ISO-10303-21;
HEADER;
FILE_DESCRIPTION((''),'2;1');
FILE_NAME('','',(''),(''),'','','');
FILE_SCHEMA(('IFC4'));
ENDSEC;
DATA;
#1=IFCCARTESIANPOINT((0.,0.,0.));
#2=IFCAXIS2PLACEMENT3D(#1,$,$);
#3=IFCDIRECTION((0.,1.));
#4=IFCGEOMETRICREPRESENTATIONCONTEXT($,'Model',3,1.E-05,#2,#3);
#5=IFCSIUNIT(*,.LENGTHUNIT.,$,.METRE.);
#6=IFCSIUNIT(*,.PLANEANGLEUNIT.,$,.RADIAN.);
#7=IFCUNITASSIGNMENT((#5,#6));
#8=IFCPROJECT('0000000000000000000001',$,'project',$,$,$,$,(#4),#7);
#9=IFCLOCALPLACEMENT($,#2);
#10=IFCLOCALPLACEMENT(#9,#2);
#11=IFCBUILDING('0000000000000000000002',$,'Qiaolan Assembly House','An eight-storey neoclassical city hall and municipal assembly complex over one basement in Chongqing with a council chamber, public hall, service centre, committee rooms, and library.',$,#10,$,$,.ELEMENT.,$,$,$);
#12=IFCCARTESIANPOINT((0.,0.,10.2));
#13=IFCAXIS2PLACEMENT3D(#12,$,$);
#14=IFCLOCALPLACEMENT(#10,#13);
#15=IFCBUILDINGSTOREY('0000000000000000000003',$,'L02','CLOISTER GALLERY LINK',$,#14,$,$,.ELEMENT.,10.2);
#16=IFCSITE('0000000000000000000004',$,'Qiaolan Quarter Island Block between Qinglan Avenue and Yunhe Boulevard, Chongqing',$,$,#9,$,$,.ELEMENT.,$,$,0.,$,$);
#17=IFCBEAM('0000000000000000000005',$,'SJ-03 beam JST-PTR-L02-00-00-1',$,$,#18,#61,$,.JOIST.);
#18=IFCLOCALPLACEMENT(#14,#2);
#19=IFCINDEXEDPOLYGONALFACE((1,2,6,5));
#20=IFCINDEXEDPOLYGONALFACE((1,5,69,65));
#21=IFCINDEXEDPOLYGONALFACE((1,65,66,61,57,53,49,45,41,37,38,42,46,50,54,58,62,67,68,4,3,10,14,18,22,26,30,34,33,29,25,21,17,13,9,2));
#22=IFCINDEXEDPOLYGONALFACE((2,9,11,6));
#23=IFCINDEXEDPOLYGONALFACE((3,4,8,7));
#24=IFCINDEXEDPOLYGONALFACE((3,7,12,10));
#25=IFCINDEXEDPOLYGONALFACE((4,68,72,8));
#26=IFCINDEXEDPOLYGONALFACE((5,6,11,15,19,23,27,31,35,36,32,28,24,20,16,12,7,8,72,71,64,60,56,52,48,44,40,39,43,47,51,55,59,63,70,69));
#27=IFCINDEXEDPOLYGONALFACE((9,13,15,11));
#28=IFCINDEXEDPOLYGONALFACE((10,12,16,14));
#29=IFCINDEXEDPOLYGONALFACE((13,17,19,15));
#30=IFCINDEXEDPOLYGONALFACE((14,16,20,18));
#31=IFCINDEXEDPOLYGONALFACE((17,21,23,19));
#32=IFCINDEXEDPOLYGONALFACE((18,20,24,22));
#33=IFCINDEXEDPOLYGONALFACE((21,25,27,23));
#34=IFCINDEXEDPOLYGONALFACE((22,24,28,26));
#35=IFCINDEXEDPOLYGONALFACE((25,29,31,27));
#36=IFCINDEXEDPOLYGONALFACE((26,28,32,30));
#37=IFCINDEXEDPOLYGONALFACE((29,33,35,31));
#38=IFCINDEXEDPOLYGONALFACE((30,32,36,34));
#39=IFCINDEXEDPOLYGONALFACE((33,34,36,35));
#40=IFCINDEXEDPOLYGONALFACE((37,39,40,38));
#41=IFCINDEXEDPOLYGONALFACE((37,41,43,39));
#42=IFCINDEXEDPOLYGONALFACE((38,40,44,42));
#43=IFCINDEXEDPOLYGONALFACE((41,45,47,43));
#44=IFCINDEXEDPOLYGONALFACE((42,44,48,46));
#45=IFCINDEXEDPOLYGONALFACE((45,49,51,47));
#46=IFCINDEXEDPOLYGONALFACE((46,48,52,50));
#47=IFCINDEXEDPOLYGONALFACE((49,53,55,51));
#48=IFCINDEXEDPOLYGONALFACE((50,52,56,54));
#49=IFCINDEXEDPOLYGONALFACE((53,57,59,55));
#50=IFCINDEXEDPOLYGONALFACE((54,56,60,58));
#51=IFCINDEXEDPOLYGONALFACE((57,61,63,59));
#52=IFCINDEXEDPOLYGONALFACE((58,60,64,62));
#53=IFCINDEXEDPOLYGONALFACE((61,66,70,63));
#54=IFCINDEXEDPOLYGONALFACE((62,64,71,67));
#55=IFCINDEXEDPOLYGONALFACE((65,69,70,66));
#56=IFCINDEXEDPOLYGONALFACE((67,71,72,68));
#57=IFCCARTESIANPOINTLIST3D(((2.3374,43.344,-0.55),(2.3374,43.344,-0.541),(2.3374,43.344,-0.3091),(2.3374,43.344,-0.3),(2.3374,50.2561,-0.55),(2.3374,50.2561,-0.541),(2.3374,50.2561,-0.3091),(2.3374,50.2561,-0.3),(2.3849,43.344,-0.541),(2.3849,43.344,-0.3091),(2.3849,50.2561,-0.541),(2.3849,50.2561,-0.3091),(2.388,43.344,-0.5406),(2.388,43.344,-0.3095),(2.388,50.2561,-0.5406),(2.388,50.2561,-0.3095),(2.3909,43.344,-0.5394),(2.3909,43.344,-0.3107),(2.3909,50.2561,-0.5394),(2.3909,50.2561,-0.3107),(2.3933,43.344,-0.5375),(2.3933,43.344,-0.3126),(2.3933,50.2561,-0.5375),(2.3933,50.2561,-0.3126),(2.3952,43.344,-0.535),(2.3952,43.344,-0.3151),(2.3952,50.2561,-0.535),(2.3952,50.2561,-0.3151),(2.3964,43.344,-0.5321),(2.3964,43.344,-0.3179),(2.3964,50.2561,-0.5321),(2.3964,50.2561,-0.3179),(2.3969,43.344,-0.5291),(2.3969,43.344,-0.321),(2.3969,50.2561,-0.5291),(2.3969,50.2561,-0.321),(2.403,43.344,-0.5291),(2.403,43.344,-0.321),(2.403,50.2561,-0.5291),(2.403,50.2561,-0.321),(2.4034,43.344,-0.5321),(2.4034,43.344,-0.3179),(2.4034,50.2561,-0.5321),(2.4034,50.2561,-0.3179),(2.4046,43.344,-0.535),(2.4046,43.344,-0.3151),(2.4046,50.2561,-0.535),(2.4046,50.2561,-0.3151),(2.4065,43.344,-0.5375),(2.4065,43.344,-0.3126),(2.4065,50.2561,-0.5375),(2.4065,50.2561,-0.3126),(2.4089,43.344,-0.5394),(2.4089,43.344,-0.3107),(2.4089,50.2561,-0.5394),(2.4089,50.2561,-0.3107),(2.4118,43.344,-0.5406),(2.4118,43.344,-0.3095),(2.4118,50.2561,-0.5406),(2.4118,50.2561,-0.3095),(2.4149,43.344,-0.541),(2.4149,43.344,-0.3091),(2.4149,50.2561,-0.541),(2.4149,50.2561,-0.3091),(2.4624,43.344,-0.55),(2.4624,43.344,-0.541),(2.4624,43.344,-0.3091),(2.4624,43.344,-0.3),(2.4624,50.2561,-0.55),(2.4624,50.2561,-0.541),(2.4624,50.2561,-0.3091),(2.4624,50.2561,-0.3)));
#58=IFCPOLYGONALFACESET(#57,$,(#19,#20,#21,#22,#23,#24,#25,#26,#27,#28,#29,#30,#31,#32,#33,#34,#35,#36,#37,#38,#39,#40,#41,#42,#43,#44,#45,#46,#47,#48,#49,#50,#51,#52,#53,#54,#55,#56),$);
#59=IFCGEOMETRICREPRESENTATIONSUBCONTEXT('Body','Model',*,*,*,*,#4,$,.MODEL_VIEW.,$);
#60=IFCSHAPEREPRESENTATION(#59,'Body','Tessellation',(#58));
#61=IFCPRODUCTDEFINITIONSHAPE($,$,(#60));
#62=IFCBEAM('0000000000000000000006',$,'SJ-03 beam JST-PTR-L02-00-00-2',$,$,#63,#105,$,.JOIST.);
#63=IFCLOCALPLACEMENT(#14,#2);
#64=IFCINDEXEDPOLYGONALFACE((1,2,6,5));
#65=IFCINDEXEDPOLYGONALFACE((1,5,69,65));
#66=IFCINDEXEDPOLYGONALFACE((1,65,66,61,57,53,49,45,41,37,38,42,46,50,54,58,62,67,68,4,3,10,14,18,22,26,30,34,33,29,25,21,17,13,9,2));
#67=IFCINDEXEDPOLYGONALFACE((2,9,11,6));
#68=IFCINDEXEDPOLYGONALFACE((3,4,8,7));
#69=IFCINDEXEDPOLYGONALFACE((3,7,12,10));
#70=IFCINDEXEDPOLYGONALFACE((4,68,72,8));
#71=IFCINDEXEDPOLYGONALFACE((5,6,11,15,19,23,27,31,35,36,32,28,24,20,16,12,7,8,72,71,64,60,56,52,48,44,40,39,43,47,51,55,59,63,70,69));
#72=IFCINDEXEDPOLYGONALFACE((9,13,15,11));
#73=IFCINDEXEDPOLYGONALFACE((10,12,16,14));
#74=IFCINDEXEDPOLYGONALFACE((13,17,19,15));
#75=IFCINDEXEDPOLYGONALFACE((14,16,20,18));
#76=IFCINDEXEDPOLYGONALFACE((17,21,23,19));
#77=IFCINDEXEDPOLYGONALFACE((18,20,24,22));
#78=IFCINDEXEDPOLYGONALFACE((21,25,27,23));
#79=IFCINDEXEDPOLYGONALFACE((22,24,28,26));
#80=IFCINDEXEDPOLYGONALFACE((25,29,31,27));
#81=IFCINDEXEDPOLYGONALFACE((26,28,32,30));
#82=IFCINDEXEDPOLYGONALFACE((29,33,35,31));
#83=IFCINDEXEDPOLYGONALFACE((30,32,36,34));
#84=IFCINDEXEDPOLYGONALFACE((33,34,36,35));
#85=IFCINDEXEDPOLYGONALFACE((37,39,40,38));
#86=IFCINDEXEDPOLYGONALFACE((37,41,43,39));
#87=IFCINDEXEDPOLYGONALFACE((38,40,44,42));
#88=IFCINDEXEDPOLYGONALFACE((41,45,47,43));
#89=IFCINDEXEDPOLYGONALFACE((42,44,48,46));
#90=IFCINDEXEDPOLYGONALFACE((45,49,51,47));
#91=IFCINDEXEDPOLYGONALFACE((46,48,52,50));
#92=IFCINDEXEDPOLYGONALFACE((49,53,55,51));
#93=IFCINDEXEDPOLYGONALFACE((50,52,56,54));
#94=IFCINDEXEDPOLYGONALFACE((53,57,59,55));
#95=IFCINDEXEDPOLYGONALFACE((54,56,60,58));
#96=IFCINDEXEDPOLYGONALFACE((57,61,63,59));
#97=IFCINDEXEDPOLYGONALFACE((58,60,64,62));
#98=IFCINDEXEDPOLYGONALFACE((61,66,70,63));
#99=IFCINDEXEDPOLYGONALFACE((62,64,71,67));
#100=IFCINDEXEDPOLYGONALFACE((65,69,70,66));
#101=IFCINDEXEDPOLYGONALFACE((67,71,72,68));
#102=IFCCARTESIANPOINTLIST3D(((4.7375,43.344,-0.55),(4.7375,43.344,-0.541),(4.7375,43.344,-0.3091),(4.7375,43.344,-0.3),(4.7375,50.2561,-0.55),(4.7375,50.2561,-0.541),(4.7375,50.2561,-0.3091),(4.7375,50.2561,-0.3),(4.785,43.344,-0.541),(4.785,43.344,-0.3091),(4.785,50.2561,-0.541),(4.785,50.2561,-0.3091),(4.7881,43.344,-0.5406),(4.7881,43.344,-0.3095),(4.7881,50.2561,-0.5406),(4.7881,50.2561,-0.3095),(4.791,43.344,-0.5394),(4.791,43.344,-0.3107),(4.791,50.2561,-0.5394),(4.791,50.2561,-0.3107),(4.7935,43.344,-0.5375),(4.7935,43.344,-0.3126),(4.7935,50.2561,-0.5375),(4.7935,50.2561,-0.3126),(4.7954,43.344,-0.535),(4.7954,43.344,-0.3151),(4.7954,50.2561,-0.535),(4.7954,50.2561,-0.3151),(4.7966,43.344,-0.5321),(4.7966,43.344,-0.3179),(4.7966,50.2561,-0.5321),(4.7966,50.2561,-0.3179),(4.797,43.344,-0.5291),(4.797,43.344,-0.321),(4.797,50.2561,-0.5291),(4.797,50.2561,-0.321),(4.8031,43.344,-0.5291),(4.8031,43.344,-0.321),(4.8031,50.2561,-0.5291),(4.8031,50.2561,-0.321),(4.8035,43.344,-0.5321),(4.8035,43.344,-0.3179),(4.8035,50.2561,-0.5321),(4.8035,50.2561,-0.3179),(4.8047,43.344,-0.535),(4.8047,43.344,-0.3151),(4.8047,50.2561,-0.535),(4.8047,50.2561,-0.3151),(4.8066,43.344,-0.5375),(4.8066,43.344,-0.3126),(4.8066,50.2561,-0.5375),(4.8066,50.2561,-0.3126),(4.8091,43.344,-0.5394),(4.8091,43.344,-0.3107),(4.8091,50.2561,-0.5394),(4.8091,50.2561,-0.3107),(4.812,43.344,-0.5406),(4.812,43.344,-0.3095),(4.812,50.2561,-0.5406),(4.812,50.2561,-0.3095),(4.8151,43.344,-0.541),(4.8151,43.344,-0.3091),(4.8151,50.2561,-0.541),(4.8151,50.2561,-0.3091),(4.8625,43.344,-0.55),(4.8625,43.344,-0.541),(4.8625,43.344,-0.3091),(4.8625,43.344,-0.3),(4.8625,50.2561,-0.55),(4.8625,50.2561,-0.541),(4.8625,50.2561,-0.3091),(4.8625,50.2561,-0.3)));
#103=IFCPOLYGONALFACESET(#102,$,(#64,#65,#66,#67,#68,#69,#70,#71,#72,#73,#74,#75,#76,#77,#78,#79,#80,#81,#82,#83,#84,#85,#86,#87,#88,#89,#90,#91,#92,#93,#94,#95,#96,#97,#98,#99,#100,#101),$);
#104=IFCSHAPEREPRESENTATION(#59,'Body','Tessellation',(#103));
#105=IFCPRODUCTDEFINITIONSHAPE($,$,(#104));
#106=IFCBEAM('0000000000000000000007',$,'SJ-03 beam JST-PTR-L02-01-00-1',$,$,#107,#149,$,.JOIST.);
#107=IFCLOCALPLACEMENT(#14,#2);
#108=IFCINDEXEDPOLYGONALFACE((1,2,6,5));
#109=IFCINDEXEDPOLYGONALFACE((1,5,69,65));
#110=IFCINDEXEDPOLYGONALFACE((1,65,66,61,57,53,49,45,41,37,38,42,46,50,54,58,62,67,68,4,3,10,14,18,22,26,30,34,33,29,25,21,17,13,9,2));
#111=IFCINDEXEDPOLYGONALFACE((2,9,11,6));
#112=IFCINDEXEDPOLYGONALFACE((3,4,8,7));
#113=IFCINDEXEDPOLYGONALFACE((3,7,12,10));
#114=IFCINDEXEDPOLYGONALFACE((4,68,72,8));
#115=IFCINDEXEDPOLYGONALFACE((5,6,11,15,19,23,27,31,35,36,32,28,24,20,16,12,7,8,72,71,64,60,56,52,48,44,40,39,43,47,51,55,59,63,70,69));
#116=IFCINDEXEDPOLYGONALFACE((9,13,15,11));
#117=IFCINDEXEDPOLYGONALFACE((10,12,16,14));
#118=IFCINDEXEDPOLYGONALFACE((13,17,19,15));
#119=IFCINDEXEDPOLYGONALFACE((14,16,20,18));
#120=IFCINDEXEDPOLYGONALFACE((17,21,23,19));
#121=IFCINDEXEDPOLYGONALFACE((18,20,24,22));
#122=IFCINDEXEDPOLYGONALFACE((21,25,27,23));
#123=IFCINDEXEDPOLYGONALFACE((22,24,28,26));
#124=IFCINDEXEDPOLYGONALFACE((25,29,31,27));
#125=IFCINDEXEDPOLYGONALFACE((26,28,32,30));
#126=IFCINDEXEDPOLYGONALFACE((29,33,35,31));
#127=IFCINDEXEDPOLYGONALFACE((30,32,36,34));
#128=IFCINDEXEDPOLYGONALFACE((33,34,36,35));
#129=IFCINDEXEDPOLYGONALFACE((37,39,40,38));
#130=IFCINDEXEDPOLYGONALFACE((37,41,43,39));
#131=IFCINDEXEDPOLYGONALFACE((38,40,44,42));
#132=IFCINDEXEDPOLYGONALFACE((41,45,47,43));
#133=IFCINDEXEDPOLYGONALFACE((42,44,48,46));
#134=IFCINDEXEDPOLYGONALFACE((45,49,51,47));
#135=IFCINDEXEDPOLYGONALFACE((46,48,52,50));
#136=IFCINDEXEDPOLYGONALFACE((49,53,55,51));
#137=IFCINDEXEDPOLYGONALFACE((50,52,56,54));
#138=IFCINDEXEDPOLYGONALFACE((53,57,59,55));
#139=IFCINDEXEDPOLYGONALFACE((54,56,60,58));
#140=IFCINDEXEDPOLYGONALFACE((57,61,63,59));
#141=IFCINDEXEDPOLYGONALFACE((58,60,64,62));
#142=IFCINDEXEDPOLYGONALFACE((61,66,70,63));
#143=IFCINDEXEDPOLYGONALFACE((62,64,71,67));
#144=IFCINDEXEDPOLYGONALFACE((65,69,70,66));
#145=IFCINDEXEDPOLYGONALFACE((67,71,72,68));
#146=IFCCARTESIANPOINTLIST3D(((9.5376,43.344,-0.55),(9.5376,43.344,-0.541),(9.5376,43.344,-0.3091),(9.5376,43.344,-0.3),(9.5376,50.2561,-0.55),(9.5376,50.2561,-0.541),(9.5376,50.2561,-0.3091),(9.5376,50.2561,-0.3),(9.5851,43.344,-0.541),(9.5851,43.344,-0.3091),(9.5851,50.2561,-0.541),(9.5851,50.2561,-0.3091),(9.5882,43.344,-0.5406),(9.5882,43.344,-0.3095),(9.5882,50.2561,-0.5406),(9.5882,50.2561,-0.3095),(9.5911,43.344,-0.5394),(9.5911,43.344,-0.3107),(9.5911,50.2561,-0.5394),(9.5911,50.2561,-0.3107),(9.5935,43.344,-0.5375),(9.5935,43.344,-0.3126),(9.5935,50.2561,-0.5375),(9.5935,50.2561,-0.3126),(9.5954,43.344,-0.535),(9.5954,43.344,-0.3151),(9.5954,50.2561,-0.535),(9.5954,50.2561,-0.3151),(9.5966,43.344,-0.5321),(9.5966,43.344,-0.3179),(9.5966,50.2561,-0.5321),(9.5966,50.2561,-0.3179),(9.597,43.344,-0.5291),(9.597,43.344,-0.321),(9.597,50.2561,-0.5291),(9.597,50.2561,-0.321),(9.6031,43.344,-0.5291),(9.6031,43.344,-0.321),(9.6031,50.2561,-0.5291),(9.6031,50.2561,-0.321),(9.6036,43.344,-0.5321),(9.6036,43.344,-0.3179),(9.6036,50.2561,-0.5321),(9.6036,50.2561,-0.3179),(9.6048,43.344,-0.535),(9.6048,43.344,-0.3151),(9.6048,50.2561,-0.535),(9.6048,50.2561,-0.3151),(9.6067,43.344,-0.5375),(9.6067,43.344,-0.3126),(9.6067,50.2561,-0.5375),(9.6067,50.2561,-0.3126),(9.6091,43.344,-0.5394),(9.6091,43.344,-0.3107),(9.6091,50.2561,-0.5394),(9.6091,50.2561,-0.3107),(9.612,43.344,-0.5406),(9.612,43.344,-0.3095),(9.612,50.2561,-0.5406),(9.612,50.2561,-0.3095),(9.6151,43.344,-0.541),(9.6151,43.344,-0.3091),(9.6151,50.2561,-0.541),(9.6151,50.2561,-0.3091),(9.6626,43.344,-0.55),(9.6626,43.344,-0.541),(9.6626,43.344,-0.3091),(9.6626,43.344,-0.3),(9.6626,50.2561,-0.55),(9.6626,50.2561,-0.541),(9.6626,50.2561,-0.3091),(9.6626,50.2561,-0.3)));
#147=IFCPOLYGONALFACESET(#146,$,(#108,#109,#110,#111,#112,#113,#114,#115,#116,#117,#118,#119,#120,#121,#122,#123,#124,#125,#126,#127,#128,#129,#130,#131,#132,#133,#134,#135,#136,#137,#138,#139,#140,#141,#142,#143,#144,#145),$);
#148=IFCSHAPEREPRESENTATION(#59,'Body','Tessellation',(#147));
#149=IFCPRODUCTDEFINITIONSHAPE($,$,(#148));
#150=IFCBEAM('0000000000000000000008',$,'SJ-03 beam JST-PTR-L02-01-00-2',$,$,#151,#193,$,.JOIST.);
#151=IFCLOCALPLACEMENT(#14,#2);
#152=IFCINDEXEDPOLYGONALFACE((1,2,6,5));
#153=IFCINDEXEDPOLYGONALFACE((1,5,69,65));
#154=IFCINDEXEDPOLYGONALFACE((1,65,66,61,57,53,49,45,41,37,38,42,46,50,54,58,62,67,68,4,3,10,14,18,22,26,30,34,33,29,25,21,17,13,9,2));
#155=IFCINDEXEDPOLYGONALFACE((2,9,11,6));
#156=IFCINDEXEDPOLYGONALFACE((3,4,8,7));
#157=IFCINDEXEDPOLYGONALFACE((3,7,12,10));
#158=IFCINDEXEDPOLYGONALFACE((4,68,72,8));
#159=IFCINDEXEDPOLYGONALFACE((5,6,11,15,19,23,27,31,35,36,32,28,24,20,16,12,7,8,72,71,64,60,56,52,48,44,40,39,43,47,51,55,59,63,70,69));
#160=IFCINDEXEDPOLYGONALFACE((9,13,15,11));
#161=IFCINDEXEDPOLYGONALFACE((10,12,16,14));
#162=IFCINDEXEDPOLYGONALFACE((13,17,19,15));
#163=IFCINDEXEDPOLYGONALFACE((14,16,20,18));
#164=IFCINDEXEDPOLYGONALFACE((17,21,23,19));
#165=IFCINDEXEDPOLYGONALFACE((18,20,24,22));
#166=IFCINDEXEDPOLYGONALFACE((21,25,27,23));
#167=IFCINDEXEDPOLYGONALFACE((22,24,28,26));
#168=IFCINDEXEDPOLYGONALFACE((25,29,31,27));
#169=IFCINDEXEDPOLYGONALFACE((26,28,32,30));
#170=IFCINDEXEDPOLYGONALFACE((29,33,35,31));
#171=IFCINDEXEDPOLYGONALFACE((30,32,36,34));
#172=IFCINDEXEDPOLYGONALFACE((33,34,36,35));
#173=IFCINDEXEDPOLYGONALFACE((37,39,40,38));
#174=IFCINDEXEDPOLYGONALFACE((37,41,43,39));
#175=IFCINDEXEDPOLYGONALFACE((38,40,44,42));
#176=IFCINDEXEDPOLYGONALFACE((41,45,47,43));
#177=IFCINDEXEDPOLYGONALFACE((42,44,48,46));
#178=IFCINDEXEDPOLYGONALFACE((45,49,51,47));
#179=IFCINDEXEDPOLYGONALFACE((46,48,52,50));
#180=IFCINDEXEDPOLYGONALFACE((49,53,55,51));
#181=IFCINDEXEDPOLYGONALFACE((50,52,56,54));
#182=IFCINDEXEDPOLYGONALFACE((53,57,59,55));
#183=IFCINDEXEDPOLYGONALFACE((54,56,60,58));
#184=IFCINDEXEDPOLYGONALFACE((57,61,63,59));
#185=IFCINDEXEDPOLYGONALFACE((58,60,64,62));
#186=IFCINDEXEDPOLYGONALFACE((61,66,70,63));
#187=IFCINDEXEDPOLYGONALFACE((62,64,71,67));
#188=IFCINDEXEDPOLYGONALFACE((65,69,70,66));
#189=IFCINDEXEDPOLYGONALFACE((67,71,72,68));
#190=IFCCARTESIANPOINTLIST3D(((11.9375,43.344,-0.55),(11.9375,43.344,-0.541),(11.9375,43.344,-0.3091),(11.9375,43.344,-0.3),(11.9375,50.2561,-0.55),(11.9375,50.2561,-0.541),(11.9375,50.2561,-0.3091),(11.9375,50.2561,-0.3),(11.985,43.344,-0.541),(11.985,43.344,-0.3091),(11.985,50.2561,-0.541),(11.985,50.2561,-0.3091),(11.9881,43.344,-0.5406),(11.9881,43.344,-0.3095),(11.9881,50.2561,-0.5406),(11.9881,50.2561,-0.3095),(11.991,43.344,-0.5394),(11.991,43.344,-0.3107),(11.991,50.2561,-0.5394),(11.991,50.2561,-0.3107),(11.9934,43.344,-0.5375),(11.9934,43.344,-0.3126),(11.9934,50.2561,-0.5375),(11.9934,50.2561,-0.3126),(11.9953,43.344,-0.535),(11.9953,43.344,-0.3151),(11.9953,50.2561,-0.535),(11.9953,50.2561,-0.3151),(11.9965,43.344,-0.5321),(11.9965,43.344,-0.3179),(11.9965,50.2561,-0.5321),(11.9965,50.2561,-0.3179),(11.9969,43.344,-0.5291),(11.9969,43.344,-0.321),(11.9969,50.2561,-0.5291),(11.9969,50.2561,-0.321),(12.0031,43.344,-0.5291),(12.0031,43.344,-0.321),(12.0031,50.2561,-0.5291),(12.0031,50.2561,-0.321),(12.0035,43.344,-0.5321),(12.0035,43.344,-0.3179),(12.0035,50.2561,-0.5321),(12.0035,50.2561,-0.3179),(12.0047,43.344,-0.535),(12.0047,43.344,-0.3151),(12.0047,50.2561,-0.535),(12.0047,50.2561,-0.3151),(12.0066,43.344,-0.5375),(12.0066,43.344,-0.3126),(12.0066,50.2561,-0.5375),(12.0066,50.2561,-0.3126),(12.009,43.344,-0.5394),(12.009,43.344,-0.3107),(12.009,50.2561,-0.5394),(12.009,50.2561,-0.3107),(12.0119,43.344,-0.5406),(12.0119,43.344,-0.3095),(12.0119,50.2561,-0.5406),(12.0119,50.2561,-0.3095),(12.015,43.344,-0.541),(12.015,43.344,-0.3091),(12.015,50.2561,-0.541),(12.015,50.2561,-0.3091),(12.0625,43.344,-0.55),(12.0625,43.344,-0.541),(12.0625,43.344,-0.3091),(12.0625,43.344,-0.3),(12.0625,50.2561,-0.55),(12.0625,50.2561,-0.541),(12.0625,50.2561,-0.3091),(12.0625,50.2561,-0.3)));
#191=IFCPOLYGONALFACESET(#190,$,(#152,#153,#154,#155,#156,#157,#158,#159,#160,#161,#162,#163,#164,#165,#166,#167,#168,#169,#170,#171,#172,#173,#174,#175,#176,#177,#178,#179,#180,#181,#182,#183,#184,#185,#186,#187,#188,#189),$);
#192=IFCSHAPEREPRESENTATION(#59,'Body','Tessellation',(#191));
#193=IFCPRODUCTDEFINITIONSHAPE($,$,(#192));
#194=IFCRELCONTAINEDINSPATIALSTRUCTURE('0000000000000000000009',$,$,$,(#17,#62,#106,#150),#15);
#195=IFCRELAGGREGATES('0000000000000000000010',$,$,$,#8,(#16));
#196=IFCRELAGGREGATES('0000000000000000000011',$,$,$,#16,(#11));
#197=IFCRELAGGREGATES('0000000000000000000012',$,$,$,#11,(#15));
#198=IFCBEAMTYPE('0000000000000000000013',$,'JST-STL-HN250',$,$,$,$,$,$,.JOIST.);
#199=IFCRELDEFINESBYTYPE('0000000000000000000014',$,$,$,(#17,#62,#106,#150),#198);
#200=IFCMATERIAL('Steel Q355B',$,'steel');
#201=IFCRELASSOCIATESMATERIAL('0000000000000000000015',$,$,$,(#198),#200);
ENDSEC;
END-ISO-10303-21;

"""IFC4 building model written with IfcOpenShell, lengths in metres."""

from ifc_helpers import new_model, si_unit, direction, frame, origin, origin_2d, place, context, subcontext, project, spatial, i_section, extrude, material, material_profile, profile_set, type_object, element, save


model = new_model("IFC4")

# Units and contexts
model_context = context("Model", 3, precision=1e-05, world=origin(), true_north=direction((0.0, 1.0)))
body_context = subcontext(model_context, "Body", "Model", "MODEL_VIEW")
ifc_project = project(units=[si_unit("LENGTHUNIT", "METRE"), si_unit("PLANEANGLEUNIT", "RADIAN")], contexts=[model_context])

# Site, building, storey
site_placement = place(None, origin())
site = spatial("IfcSite", under=ifc_project, at=site_placement, Name="Qiaolan Quarter Island Block between Qinglan Avenue and Yunhe Boulevard, Chongqing", CompositionType="ELEMENT", RefElevation=0.0)
building_placement = place(site_placement, origin())
building = spatial("IfcBuilding", under=site, at=building_placement, Name="Qiaolan Assembly House", Description="An eight-storey neoclassical city hall and municipal assembly complex over one basement in Chongqing with a council chamber, public hall, service centre, committee rooms, and library.", CompositionType="ELEMENT")
storey_placement = place(building_placement, frame((0.0, 0.0, 10.2)))
storey = spatial("IfcBuildingStorey", under=building, at=storey_placement, Name="L02", Description="CLOISTER GALLERY LINK", CompositionType="ELEMENT", Elevation=10.2)

# Shared definitions
ifc_material_1 = material(Name="Steel Q355B", Category="steel")

# Beams
ifc_material_profile_1 = material_profile(ifc_material_1, i_section(OverallWidth=0.125, OverallDepth=0.25, WebThickness=0.0061, FlangeThickness=0.009, FilletRadius=0.012, at=origin_2d()), Name="HN 250x125x6x9")
ifc_profile_set_1 = profile_set([ifc_material_profile_1], Name="Steel Q355B")
beam_type_1 = type_object("IfcBeamType", Name="JST-STL-HN250", PredefinedType="JOIST", material=ifc_profile_set_1)
for number, where, z_axis, x_axis, name in (
    (1, (2.3999, 43.344, -0.425), (0.0, 1.0, 0.0), (-1.0, 0.0, 0.0), "SJ-03 beam JST-PTR-L02-00-00-1"),
    (2, (4.8, 43.344, -0.425), (0.0, 1.0, 0.0), (-1.0, 0.0, 0.0), "SJ-03 beam JST-PTR-L02-00-00-2"),
    (3, (9.6001, 43.344, -0.425), (0.0, 1.0, 0.0), (-1.0, 0.0, 0.0), "SJ-03 beam JST-PTR-L02-01-00-1"),
    (4, (12.0, 43.344, -0.425), (0.0, 1.0, 0.0), (-1.0, 0.0, 0.0), "SJ-03 beam JST-PTR-L02-01-00-2"),
):
    element("IfcBeam", number, at=place(storey_placement, frame(where, z_axis=z_axis, x_axis=x_axis)), inside=storey, type_object=beam_type_1, Name=name, PredefinedType="JOIST", context=body_context, shape_type="SweptSolid", body=[
        extrude(i_section(OverallWidth=0.125, OverallDepth=0.25, WebThickness=0.0061, FlangeThickness=0.009, FilletRadius=0.012, at=origin_2d()), origin(), (0.0, 0.0, 1.0), 6.9121),
    ])

save(model, "model.ifc")
